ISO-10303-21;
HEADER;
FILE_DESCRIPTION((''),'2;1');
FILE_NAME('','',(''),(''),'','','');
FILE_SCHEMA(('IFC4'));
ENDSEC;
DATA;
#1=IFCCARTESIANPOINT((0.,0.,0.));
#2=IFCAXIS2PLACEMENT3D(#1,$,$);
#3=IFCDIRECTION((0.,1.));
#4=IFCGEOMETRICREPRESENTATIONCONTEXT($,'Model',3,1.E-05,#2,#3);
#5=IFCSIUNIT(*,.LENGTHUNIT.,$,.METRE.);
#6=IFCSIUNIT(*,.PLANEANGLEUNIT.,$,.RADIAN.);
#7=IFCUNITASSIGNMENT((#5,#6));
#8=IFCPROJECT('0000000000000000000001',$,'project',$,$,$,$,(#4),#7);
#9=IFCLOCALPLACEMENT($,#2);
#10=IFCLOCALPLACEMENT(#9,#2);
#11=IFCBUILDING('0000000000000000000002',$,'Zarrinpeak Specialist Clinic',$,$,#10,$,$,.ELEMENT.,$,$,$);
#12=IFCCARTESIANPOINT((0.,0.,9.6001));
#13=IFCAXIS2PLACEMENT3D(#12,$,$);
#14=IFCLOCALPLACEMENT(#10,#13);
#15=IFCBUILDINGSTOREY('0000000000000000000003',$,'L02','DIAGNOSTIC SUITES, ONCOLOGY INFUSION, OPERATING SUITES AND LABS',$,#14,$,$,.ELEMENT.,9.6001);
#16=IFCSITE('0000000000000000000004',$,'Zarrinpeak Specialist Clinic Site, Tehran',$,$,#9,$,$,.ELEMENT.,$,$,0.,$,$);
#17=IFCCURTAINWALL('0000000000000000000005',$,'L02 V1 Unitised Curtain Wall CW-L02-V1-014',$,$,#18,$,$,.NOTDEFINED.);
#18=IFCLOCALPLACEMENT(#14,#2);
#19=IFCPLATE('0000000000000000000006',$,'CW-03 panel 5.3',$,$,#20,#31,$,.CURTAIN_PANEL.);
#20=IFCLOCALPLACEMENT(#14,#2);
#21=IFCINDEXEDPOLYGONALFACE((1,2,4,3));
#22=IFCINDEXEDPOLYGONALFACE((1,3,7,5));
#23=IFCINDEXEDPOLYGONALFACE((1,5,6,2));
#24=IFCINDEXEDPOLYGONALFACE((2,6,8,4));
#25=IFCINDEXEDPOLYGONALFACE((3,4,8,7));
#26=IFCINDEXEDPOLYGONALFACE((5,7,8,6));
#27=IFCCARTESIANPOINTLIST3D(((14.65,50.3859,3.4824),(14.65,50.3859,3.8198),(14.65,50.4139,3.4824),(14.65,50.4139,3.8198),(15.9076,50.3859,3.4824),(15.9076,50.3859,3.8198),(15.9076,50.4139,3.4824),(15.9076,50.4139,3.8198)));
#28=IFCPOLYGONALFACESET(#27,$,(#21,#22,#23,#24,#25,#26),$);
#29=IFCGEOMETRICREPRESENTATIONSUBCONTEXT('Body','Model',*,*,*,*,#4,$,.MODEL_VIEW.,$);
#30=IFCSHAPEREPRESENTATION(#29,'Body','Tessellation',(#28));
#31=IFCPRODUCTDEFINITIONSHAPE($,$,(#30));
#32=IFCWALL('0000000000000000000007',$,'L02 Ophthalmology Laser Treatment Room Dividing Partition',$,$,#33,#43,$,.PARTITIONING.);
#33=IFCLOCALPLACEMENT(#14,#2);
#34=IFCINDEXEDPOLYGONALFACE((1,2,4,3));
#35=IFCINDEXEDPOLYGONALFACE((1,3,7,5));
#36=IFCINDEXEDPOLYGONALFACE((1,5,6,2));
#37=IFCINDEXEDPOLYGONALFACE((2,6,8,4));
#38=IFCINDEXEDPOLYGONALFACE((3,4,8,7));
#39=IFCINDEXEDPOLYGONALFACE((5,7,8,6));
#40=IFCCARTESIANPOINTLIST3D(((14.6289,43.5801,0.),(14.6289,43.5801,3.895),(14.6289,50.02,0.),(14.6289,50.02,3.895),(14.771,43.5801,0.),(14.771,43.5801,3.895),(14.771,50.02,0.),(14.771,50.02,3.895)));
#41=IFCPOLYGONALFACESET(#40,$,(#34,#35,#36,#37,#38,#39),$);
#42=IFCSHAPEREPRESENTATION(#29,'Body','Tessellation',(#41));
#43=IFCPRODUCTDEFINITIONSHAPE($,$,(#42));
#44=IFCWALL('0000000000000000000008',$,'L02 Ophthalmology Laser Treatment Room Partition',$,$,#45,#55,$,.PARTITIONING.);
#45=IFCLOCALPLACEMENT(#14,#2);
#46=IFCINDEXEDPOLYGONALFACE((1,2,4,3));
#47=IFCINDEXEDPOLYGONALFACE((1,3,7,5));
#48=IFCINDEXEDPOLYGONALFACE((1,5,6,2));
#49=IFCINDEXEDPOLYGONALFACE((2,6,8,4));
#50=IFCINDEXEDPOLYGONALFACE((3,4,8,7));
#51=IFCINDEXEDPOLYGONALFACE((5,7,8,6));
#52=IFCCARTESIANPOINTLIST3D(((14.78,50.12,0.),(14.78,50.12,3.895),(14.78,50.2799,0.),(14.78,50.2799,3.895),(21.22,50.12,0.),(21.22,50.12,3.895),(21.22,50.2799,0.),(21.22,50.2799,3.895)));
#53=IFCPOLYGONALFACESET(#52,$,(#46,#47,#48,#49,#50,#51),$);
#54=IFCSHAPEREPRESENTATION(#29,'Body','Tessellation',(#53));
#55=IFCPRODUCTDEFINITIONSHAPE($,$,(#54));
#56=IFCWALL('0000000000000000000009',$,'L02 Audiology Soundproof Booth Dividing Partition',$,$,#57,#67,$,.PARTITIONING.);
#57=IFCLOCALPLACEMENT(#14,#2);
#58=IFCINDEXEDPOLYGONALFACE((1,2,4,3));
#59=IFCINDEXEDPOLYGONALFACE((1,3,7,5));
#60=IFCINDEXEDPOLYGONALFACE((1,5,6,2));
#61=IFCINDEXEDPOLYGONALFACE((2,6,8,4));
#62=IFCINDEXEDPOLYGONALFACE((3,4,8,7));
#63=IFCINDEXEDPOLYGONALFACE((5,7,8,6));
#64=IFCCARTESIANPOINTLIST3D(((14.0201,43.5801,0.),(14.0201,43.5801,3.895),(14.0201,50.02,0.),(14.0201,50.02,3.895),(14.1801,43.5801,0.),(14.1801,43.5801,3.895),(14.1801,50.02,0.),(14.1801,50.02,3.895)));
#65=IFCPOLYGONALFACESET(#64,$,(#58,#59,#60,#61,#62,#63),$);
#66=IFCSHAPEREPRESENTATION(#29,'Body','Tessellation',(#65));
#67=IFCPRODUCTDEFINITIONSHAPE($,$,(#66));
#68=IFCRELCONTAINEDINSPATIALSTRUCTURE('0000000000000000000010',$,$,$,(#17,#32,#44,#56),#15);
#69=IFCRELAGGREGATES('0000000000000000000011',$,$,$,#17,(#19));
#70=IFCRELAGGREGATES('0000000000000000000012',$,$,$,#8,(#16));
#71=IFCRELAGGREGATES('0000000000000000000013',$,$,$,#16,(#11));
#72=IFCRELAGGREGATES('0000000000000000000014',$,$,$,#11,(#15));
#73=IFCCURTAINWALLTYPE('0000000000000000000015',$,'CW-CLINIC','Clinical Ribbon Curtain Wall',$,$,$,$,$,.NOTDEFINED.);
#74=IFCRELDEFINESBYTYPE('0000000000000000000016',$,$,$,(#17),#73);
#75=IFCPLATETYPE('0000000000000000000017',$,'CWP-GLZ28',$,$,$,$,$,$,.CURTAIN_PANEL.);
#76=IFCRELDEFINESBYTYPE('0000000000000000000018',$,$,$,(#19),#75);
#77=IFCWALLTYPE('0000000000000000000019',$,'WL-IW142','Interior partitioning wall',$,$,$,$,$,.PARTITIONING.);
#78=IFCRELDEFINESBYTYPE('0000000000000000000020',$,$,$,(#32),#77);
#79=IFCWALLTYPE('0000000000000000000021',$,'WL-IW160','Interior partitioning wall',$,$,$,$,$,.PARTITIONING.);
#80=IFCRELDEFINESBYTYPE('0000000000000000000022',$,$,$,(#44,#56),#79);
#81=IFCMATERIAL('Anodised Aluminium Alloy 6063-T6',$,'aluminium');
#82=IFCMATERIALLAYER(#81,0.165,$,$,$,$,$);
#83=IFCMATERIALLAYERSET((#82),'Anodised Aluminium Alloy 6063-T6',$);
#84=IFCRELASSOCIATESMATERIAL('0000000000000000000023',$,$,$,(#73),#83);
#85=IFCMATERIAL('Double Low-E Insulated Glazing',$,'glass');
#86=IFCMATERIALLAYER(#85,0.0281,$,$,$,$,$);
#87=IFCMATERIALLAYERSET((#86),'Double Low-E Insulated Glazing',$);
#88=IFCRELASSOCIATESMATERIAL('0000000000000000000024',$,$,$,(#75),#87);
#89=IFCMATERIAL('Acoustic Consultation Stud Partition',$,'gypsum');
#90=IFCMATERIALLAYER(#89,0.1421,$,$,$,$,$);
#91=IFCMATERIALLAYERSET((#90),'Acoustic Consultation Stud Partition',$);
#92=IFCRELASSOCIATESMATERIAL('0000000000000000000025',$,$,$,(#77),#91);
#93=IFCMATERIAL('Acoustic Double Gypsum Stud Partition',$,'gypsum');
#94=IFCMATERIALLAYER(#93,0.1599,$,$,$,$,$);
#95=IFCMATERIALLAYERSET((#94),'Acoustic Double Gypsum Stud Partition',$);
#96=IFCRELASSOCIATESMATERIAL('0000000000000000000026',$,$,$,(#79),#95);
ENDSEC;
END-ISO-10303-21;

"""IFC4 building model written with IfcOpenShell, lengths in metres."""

from ifc_helpers import new_model, si_unit, direction, frame, frame_2d, origin, origin_2d, place, context, subcontext, project, spatial, rectangle, extrude, material, layer, layer_set, type_object, element, aggregate, save


model = new_model("IFC4")

# Units and contexts
model_context = context("Model", 3, precision=1e-05, world=origin(), true_north=direction((0.0, 1.0)))
body_context = subcontext(model_context, "Body", "Model", "MODEL_VIEW")
ifc_project = project(units=[si_unit("LENGTHUNIT", "METRE"), si_unit("PLANEANGLEUNIT", "RADIAN")], contexts=[model_context])

# Site, building, storey
site_placement = place(None, origin())
site = spatial("IfcSite", under=ifc_project, at=site_placement, Name="Zarrinpeak Specialist Clinic Site, Tehran", CompositionType="ELEMENT", RefElevation=0.0)
building_placement = place(site_placement, origin())
building = spatial("IfcBuilding", under=site, at=building_placement, Name="Zarrinpeak Specialist Clinic", CompositionType="ELEMENT")
storey_placement = place(building_placement, frame((0.0, 0.0, 9.6001)))
storey = spatial("IfcBuildingStorey", under=building, at=storey_placement, Name="L02", Description="DIAGNOSTIC SUITES, ONCOLOGY INFUSION, OPERATING SUITES AND LABS", CompositionType="ELEMENT", Elevation=9.6001)

# Curtain wall
ifc_material_1 = material(Name="Anodised Aluminium Alloy 6063-T6", Category="aluminium")
ifc_layer_1 = layer(ifc_material_1, 0.165)
ifc_layer_set_1 = layer_set([ifc_layer_1], Name="Anodised Aluminium Alloy 6063-T6")
curtain_wall_type = type_object("IfcCurtainWallType", Name="CW-CLINIC", Description="Clinical Ribbon Curtain Wall", PredefinedType="NOTDEFINED", material=ifc_layer_set_1)
curtain_wall_1_placement = place(storey_placement, origin())
curtain_wall_1 = element("IfcCurtainWall", 1, at=curtain_wall_1_placement, inside=storey, type_object=curtain_wall_type, Name="L02 V1 Unitised Curtain Wall CW-L02-V1-014", PredefinedType="NOTDEFINED")

# Plate
ifc_material_2 = material(Name="Double Low-E Insulated Glazing", Category="glass")
ifc_layer_2 = layer(ifc_material_2, 0.0281)
ifc_layer_set_2 = layer_set([ifc_layer_2], Name="Double Low-E Insulated Glazing")
plate_type = type_object("IfcPlateType", Name="CWP-GLZ28", PredefinedType="CURTAIN_PANEL", material=ifc_layer_set_2)
plate_1_placement = place(storey_placement, frame((15.2788, 50.3999, 3.4824), z_axis=(0.0, 0.0, 1.0), x_axis=(-1.0, 0.0, 0.0)))
plate_1 = element("IfcPlate", 2, at=plate_1_placement, type_object=plate_type, Name="CW-03 panel 5.3", PredefinedType="CURTAIN_PANEL", context=body_context, shape_type="SweptSolid", body=[
    extrude(rectangle(XDim=1.2576, YDim=0.0281, at=origin_2d()), origin(), (0.0, 0.0, 1.0), 0.3374),
])
aggregate(curtain_wall_1, [plate_1])

# Walls
ifc_material_3 = material(Name="Acoustic Consultation Stud Partition", Category="gypsum")
ifc_layer_3 = layer(ifc_material_3, 0.1421)
ifc_layer_set_3 = layer_set([ifc_layer_3], Name="Acoustic Consultation Stud Partition")
wall_type_1 = type_object("IfcWallType", Name="WL-IW142", Description="Interior partitioning wall", PredefinedType="PARTITIONING", material=ifc_layer_set_3)
wall_placement = place(storey_placement, frame((14.7, 43.5801, 0.0), z_axis=(0.0, 0.0, 1.0), x_axis=(0.0, 1.0, 0.0)))
element("IfcWall", 3, at=wall_placement, inside=storey, type_object=wall_type_1, Name="L02 Ophthalmology Laser Treatment Room Dividing Partition", PredefinedType="PARTITIONING", context=body_context, shape_type="SweptSolid", body=[
    extrude(rectangle(XDim=6.4399, YDim=0.1421, at=frame_2d((3.22, 0.0))), origin(), (0.0, 0.0, 1.0), 3.895),
])
ifc_material_4 = material(Name="Acoustic Double Gypsum Stud Partition", Category="gypsum")
ifc_layer_4 = layer(ifc_material_4, 0.1599)
ifc_layer_set_4 = layer_set([ifc_layer_4], Name="Acoustic Double Gypsum Stud Partition")
wall_type_2 = type_object("IfcWallType", Name="WL-IW160", Description="Interior partitioning wall", PredefinedType="PARTITIONING", material=ifc_layer_set_4)
for number, where, z_axis, x_axis, name in (
    (4, (14.78, 50.2, 0.0), (0.0, 0.0, 1.0), (1.0, 0.0, 0.0), "L02 Ophthalmology Laser Treatment Room Partition"),
    (5, (14.1001, 43.5801, 0.0), (0.0, 0.0, 1.0), (0.0, 1.0, 0.0), "L02 Audiology Soundproof Booth Dividing Partition"),
):
    element("IfcWall", number, at=place(storey_placement, frame(where, z_axis=z_axis, x_axis=x_axis)), inside=storey, type_object=wall_type_2, Name=name, PredefinedType="PARTITIONING", context=body_context, shape_type="SweptSolid", body=[
        extrude(rectangle(XDim=6.4399, YDim=0.1599, at=frame_2d((3.22, 0.0))), origin(), (0.0, 0.0, 1.0), 3.895),
    ])

save(model, "model.ifc")
